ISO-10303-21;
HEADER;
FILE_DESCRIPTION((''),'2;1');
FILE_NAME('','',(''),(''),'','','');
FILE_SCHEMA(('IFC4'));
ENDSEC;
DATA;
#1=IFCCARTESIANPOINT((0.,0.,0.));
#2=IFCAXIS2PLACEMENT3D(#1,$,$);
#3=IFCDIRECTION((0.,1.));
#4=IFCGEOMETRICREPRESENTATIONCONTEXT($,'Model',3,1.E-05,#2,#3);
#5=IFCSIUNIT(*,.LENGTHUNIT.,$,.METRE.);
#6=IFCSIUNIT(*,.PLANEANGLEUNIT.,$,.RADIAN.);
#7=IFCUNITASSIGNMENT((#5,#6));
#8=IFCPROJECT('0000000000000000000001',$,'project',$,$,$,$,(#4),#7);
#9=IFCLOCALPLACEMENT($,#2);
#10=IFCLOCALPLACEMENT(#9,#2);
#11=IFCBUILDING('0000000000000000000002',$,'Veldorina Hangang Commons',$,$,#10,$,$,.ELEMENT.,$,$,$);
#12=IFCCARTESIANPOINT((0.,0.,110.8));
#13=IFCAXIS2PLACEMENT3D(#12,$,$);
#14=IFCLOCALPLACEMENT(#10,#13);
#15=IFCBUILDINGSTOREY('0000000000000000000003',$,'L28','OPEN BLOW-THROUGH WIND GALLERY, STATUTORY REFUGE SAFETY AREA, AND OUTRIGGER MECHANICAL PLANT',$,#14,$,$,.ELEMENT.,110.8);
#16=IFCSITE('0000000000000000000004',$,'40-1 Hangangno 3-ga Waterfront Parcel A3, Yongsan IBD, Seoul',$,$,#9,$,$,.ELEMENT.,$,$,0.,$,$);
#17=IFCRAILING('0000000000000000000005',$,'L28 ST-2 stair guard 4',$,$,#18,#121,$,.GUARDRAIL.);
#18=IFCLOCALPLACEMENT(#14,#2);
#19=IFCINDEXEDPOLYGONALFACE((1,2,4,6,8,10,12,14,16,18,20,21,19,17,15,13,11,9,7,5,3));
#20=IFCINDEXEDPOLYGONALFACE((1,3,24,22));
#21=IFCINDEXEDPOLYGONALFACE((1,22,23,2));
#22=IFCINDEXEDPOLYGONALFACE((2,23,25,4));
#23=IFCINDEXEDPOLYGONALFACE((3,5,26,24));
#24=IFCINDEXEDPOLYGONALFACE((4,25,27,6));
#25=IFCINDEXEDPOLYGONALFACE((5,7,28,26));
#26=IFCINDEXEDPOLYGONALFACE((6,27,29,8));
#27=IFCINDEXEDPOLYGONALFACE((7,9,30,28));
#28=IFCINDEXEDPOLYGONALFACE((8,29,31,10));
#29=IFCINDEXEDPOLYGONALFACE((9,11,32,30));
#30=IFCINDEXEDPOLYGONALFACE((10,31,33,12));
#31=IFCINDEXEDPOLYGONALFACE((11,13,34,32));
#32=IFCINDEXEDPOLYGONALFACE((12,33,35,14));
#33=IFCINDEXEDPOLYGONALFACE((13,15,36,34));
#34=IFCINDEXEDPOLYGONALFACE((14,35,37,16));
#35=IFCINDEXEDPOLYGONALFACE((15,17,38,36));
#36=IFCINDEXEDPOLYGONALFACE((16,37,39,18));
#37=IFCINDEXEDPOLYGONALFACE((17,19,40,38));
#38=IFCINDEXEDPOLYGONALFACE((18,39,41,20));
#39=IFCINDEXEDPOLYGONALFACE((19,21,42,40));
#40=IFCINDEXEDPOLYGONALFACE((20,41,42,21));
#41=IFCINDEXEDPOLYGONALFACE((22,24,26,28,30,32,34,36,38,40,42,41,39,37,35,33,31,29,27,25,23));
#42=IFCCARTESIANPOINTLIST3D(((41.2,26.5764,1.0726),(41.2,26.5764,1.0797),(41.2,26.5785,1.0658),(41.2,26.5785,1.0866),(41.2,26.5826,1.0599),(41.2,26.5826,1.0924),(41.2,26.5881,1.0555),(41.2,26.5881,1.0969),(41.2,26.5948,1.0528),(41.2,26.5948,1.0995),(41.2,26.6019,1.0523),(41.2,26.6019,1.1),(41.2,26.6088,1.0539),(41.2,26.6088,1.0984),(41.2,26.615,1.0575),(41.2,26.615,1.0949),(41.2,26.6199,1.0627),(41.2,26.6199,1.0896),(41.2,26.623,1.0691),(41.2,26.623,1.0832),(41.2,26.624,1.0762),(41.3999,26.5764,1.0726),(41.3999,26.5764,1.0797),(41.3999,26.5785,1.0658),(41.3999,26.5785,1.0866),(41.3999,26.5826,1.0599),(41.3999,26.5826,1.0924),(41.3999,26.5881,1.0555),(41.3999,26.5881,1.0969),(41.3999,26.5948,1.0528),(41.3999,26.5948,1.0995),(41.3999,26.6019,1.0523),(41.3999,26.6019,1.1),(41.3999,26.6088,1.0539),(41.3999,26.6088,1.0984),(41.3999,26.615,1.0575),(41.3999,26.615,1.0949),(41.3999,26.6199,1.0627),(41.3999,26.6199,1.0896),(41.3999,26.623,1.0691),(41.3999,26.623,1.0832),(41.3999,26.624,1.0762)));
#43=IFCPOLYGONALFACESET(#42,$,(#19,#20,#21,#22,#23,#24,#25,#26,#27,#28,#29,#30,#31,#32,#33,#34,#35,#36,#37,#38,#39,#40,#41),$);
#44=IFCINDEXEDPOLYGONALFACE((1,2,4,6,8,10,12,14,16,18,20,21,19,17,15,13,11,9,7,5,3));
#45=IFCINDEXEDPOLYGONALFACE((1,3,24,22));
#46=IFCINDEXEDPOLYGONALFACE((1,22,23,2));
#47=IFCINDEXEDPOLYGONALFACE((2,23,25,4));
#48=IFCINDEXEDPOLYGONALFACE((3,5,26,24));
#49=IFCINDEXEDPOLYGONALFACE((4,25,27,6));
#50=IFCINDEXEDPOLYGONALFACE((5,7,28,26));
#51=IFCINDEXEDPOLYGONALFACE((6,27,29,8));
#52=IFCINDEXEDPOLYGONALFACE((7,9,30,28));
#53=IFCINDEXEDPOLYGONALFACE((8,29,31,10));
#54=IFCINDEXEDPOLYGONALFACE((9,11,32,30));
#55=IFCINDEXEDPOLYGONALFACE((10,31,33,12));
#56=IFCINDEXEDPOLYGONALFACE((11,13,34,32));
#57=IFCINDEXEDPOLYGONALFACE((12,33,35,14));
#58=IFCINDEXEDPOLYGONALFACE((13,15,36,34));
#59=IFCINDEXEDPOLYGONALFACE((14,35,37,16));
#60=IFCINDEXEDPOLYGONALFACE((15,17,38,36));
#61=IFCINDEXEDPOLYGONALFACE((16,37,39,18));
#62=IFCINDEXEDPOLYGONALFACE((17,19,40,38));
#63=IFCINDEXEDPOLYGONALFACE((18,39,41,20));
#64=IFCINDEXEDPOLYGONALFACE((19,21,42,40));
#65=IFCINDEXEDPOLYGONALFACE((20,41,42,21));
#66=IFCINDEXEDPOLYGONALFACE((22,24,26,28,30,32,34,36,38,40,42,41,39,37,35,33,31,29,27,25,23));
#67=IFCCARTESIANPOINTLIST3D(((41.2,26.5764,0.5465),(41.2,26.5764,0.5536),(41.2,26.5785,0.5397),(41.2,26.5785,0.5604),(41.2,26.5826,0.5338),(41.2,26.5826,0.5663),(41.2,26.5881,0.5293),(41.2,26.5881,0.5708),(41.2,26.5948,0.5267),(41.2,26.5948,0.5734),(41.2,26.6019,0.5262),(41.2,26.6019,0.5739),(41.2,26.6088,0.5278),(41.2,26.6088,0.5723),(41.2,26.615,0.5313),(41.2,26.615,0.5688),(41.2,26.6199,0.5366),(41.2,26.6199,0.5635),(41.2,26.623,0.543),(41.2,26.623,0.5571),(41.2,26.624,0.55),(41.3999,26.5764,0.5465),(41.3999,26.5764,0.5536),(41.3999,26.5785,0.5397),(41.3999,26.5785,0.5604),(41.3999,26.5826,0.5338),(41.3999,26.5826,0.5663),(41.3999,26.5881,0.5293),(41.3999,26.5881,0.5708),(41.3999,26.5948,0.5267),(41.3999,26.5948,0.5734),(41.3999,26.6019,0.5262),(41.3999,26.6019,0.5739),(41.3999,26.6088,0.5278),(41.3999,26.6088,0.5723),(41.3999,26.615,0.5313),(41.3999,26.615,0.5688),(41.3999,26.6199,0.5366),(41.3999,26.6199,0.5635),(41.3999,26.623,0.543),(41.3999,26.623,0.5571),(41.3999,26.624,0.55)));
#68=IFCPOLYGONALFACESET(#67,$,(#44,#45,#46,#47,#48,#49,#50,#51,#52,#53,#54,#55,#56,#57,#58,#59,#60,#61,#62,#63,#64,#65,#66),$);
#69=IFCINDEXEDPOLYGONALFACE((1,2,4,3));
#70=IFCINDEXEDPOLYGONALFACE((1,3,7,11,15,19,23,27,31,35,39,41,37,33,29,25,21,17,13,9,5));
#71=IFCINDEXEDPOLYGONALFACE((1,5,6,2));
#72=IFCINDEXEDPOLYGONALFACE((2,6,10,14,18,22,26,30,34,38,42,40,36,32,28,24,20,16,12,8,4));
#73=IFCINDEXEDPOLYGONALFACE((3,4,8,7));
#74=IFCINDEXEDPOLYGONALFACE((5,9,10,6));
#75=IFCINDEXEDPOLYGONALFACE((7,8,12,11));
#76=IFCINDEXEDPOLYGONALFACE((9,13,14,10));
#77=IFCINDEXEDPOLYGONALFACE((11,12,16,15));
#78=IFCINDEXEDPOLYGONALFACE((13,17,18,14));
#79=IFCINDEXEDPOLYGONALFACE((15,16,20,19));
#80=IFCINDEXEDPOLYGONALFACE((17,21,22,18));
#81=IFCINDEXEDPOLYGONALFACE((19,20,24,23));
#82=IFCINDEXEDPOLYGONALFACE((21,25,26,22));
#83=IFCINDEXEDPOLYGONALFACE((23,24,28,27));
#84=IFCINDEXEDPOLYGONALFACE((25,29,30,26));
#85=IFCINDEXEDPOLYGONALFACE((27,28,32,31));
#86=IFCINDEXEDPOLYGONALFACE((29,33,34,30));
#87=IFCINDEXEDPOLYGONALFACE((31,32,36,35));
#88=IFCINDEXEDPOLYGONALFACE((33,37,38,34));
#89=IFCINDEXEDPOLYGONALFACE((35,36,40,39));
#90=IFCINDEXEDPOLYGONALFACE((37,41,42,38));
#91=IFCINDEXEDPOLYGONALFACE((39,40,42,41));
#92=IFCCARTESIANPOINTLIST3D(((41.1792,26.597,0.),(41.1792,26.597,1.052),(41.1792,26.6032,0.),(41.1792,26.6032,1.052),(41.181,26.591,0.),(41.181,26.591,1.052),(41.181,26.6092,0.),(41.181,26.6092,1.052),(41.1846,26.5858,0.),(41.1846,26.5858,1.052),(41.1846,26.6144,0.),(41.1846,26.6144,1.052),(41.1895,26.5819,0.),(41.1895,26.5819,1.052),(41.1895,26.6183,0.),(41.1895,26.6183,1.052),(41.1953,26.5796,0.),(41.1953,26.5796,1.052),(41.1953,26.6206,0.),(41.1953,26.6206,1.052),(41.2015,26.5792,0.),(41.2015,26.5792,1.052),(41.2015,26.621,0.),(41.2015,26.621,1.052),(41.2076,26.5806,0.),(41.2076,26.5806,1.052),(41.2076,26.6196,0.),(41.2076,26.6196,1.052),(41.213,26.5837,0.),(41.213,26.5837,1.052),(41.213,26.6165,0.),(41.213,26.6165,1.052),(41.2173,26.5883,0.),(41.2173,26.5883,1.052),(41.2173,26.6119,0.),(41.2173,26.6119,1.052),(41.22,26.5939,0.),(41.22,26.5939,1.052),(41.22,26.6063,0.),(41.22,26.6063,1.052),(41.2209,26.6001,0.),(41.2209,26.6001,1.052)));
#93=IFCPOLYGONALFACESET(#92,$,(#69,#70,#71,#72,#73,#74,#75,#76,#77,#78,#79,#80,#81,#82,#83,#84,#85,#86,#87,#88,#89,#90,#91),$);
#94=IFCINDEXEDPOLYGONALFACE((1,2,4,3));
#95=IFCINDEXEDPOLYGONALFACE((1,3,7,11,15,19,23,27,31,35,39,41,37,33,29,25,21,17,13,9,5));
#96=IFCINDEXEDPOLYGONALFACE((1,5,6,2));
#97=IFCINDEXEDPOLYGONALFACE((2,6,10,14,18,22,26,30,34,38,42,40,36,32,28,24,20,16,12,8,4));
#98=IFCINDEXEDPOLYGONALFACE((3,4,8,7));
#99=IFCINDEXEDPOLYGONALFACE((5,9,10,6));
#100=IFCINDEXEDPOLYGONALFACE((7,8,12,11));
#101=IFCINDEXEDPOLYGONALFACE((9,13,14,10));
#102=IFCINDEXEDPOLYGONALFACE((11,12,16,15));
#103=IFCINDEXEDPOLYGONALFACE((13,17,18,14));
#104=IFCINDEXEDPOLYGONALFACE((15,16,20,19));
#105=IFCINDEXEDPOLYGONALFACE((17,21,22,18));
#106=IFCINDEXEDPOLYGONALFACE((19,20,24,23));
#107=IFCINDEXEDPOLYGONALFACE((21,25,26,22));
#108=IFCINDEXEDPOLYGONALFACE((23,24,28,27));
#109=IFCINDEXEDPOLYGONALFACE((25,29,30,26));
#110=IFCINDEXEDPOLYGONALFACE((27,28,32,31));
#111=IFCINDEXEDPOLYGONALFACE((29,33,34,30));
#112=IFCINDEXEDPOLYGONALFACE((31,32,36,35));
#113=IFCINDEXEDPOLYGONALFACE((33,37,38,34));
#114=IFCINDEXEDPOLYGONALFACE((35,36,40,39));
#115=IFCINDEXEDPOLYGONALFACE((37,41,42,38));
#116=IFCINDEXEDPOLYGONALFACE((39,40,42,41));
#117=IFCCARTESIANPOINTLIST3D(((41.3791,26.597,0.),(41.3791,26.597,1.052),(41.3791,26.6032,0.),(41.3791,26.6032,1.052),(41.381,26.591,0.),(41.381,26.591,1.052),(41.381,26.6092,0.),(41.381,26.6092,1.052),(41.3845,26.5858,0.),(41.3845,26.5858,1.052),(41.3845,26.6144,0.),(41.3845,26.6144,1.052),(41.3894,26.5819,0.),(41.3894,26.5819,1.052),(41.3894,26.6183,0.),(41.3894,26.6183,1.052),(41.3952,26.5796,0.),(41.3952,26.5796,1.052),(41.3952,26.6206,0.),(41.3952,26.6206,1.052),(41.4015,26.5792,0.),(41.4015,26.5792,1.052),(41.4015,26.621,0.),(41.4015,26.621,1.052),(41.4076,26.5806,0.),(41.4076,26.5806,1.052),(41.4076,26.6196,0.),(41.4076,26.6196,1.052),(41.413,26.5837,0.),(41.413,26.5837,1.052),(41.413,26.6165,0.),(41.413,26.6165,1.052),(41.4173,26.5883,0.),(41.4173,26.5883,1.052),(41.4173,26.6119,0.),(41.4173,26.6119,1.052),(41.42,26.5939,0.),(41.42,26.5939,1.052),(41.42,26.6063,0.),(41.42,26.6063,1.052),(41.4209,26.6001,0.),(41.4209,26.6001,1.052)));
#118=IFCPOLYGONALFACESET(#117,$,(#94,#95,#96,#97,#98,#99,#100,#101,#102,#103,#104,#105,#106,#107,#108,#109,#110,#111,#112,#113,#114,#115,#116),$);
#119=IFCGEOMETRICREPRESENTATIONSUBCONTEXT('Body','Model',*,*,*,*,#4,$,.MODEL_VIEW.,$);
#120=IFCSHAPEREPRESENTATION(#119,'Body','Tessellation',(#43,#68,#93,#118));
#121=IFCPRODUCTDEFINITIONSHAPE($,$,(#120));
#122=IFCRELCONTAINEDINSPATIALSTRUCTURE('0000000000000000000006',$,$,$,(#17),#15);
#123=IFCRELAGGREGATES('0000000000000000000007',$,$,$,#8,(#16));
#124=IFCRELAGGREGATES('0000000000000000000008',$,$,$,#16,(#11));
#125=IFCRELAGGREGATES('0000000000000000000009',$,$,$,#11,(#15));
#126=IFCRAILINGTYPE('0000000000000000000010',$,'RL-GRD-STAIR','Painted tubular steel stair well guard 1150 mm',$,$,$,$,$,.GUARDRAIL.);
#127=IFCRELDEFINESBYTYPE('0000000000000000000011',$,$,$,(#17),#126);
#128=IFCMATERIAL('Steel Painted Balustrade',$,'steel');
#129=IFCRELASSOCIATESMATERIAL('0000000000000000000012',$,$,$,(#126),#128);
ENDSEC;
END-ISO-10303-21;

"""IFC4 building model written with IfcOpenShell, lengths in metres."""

from ifc_helpers import new_model, si_unit, direction, frame, origin, origin_2d, place, context, subcontext, project, spatial, circle, extrude, material, type_object, element, save


model = new_model("IFC4")

# Units and contexts
model_context = context("Model", 3, precision=1e-05, world=origin(), true_north=direction((0.0, 1.0)))
body_context = subcontext(model_context, "Body", "Model", "MODEL_VIEW")
ifc_project = project(units=[si_unit("LENGTHUNIT", "METRE"), si_unit("PLANEANGLEUNIT", "RADIAN")], contexts=[model_context])

# Site, building, storey
site_placement = place(None, origin())
site = spatial("IfcSite", under=ifc_project, at=site_placement, Name="40-1 Hangangno 3-ga Waterfront Parcel A3, Yongsan IBD, Seoul", CompositionType="ELEMENT", RefElevation=0.0)
building_placement = place(site_placement, origin())
building = spatial("IfcBuilding", under=site, at=building_placement, Name="Veldorina Hangang Commons", CompositionType="ELEMENT")
storey_placement = place(building_placement, frame((0.0, 0.0, 110.8)))
storey = spatial("IfcBuildingStorey", under=building, at=storey_placement, Name="L28", Description="OPEN BLOW-THROUGH WIND GALLERY, STATUTORY REFUGE SAFETY AREA, AND OUTRIGGER MECHANICAL PLANT", CompositionType="ELEMENT", Elevation=110.8)

# Railing
ifc_material_1 = material(Name="Steel Painted Balustrade", Category="steel")
railing_type_1 = type_object("IfcRailingType", Name="RL-GRD-STAIR", Description="Painted tubular steel stair well guard 1150 mm", PredefinedType="GUARDRAIL", material=ifc_material_1)
railing_1_placement = place(storey_placement, frame((41.2, 26.6001, 0.0)))
element("IfcRailing", 1, at=railing_1_placement, inside=storey, type_object=railing_type_1, Name="L28 ST-2 stair guard 4", PredefinedType="GUARDRAIL", context=body_context, shape_type="SweptSolid", body=[
    extrude(circle(Radius=0.0239, at=origin_2d()), frame((0.0, 0.0, 1.0762), z_axis=(1.0, 0.0, 0.0), x_axis=(0.0, 1.0, 0.0)), (0.0, 0.0, 1.0), 0.2),
    extrude(circle(Radius=0.0239, at=origin_2d()), frame((0.0, 0.0, 0.55), z_axis=(1.0, 0.0, 0.0), x_axis=(0.0, 1.0, 0.0)), (0.0, 0.0, 1.0), 0.2),
    extrude(circle(Radius=0.021, at=origin_2d()), origin(), (0.0, 0.0, 1.0), 1.052),
    extrude(circle(Radius=0.021, at=origin_2d()), frame((0.2, 0.0, 0.0)), (0.0, 0.0, 1.0), 1.052),
])

save(model, "model.ifc")
